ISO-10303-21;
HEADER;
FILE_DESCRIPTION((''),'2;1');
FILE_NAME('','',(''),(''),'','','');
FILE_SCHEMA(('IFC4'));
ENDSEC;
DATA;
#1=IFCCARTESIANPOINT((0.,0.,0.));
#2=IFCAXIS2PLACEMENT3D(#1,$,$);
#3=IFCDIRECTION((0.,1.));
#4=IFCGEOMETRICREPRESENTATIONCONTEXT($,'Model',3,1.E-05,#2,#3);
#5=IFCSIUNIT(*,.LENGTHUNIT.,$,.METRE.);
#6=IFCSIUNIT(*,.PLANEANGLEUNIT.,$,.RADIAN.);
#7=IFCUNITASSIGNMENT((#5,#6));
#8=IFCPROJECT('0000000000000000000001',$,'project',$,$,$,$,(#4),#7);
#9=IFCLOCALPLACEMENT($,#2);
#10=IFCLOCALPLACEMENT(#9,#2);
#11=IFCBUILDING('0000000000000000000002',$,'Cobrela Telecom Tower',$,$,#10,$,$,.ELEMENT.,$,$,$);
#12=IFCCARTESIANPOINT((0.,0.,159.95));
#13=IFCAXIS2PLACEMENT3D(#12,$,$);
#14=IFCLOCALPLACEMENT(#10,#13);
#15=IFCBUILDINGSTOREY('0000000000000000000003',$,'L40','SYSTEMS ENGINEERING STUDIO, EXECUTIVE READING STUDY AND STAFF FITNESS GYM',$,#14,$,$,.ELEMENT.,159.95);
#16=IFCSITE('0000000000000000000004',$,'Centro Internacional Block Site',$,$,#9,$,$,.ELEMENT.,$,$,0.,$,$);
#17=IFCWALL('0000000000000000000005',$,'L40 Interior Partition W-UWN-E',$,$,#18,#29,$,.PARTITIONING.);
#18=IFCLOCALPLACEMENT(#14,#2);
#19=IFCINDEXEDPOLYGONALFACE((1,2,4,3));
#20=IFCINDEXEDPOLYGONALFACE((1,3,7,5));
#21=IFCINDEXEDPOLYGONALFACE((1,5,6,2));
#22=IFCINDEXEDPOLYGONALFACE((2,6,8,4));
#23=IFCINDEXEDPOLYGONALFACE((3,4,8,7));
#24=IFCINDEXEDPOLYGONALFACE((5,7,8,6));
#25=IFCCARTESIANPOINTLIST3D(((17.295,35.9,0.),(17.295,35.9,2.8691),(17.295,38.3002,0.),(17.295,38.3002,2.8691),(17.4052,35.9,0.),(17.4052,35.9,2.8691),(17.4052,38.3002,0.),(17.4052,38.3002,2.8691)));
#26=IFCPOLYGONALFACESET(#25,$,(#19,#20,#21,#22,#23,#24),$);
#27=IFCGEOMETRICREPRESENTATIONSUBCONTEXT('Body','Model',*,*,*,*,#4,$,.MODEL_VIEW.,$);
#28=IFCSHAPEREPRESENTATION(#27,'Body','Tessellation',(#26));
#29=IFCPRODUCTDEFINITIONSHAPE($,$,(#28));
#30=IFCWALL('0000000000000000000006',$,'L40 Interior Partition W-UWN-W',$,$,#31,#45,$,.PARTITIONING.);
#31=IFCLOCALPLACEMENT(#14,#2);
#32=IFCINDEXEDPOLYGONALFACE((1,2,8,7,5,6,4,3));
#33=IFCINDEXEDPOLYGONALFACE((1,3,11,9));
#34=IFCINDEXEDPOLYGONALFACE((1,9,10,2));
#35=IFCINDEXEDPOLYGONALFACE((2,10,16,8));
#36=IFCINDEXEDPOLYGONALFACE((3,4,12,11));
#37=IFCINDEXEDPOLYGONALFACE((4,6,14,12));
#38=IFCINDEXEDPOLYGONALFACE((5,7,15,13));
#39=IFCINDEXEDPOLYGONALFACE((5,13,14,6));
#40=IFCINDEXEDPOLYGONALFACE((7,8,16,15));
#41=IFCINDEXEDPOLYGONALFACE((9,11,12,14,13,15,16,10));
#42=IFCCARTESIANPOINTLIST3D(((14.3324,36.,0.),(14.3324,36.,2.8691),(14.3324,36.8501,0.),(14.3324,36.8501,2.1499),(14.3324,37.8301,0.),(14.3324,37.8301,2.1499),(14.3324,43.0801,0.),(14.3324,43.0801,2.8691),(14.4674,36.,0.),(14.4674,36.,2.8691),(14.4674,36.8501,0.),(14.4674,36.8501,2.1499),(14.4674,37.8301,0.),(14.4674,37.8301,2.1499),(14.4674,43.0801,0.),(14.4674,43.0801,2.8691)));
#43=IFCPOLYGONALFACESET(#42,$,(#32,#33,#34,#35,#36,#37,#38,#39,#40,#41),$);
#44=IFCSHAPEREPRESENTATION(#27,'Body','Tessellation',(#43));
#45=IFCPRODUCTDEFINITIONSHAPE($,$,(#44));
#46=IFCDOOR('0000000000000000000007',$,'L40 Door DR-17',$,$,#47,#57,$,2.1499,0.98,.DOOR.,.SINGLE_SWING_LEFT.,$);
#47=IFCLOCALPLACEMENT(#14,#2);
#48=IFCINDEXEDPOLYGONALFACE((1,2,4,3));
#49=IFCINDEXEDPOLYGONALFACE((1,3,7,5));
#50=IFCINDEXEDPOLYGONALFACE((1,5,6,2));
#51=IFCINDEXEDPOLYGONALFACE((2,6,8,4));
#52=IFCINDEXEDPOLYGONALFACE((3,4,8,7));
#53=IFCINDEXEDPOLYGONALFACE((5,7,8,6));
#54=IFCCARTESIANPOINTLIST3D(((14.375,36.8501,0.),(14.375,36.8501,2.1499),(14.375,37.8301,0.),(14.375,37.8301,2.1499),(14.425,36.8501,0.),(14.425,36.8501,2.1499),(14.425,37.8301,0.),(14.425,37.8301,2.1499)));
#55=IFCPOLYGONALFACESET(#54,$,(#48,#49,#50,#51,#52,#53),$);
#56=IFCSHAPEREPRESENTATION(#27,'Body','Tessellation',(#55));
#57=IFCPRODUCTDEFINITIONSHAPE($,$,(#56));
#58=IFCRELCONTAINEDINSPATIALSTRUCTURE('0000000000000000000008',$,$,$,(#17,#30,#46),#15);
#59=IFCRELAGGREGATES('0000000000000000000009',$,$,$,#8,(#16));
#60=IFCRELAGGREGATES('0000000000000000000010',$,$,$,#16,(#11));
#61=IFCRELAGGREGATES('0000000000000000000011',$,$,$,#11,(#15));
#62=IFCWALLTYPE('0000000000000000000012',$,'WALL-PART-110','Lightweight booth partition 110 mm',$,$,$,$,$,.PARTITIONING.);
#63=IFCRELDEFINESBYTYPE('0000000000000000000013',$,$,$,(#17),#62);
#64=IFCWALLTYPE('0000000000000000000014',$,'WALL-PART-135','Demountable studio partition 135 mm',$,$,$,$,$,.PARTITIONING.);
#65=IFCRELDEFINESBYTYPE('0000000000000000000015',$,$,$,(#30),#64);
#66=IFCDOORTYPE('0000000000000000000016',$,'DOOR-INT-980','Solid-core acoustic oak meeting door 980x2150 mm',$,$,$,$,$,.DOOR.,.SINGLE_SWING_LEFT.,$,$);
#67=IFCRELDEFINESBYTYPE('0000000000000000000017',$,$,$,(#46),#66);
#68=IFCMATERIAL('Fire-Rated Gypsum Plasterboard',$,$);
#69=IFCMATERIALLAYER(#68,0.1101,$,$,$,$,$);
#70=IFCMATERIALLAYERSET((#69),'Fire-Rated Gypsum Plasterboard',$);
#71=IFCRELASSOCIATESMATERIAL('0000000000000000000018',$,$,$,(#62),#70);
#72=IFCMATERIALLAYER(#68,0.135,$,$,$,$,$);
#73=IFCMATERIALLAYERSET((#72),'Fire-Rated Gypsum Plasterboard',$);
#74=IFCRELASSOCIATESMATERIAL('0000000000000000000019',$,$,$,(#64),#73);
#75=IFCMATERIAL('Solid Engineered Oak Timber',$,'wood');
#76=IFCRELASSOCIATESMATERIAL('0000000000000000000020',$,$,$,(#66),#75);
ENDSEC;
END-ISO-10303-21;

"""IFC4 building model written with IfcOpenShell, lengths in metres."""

from ifc_helpers import new_model, si_unit, direction, frame, frame_2d, origin, place, context, subcontext, project, spatial, rectangle, extrude, material, layer, layer_set, type_object, element, fill, save


model = new_model("IFC4")

# Units and contexts
model_context = context("Model", 3, precision=1e-05, world=origin(), true_north=direction((0.0, 1.0)))
body_context = subcontext(model_context, "Body", "Model", "MODEL_VIEW")
ifc_project = project(units=[si_unit("LENGTHUNIT", "METRE"), si_unit("PLANEANGLEUNIT", "RADIAN")], contexts=[model_context])

# Site, building, storey
site_placement = place(None, origin())
site = spatial("IfcSite", under=ifc_project, at=site_placement, Name="Centro Internacional Block Site", CompositionType="ELEMENT", RefElevation=0.0)
building_placement = place(site_placement, origin())
building = spatial("IfcBuilding", under=site, at=building_placement, Name="Cobrela Telecom Tower", CompositionType="ELEMENT")
storey_placement = place(building_placement, frame((0.0, 0.0, 159.95)))
storey = spatial("IfcBuildingStorey", under=building, at=storey_placement, Name="L40", Description="SYSTEMS ENGINEERING STUDIO, EXECUTIVE READING STUDY AND STAFF FITNESS GYM", CompositionType="ELEMENT", Elevation=159.95)

# Wall
ifc_material_1 = material(Name="Fire-Rated Gypsum Plasterboard")
ifc_layer_1 = layer(ifc_material_1, 0.1101)
ifc_layer_set_1 = layer_set([ifc_layer_1], Name="Fire-Rated Gypsum Plasterboard")
wall_type_1 = type_object("IfcWallType", Name="WALL-PART-110", Description="Lightweight booth partition 110 mm", PredefinedType="PARTITIONING", material=ifc_layer_set_1)
wall_1_placement = place(storey_placement, frame((17.3501, 35.8999, 0.0), z_axis=(0.0, 0.0, 1.0), x_axis=(0.0, 1.0, 0.0)))
element("IfcWall", 1, at=wall_1_placement, inside=storey, type_object=wall_type_1, Name="L40 Interior Partition W-UWN-E", PredefinedType="PARTITIONING", context=body_context, shape_type="SweptSolid", body=[
    extrude(rectangle(XDim=2.4001, YDim=0.1101, at=frame_2d((1.2002, 0.0))), origin(), (0.0, 0.0, 1.0), 2.8691),
])

# Wall, opening, door
ifc_layer_2 = layer(ifc_material_1, 0.135)
ifc_layer_set_2 = layer_set([ifc_layer_2], Name="Fire-Rated Gypsum Plasterboard")
wall_type_2 = type_object("IfcWallType", Name="WALL-PART-135", Description="Demountable studio partition 135 mm", PredefinedType="PARTITIONING", material=ifc_layer_set_2)
wall_2_placement = place(storey_placement, frame((14.3999, 36.0, 0.0), z_axis=(0.0, 0.0, 1.0), x_axis=(0.0, 1.0, 0.0)))
wall_2 = element("IfcWall", 2, at=wall_2_placement, inside=storey, type_object=wall_type_2, Name="L40 Interior Partition W-UWN-W", PredefinedType="PARTITIONING", context=body_context, shape_type="SweptSolid", body=[
    extrude(rectangle(XDim=7.0801, YDim=0.135, at=frame_2d((3.54, 0.0))), origin(), (0.0, 0.0, 1.0), 2.8691),
])
opening_1_placement = place(wall_2_placement, frame((0.8501, 0.0, 0.0)))
opening_1 = element("IfcOpeningElement", 3, at=opening_1_placement, cuts=wall_2, PredefinedType="OPENING", context=body_context, shape_type="SweptSolid", body=[
    extrude(rectangle(XDim=0.98, YDim=2.1499, at=frame_2d((0.49, 1.075))), frame((0.0, 0.0796, 0.0), z_axis=(0.0, -1.0, 0.0), x_axis=(1.0, 0.0, 0.0)), (0.0, 0.0, 1.0), 0.1589),
])
ifc_material_2 = material(Name="Solid Engineered Oak Timber", Category="wood")
door_type = type_object("IfcDoorType", Name="DOOR-INT-980", Description="Solid-core acoustic oak meeting door 980x2150 mm", OperationType="SINGLE_SWING_LEFT", PredefinedType="DOOR", material=ifc_material_2)
door_1_placement = place(opening_1_placement, origin())
door_1 = element("IfcDoor", 4, at=door_1_placement, inside=storey, type_object=door_type, Name="L40 Door DR-17", OperationType="SINGLE_SWING_LEFT", OverallHeight=2.1499, OverallWidth=0.98, PredefinedType="DOOR", context=body_context, shape_type="SweptSolid", body=[
    extrude(rectangle(XDim=0.98, YDim=2.1499, at=frame_2d((0.49, 1.075))), frame((0.0, 0.0249, 0.0), z_axis=(0.0, -1.0, 0.0), x_axis=(1.0, 0.0, 0.0)), (0.0, 0.0, 1.0), 0.05),
])
fill(opening_1, door_1)

save(model, "model.ifc")
